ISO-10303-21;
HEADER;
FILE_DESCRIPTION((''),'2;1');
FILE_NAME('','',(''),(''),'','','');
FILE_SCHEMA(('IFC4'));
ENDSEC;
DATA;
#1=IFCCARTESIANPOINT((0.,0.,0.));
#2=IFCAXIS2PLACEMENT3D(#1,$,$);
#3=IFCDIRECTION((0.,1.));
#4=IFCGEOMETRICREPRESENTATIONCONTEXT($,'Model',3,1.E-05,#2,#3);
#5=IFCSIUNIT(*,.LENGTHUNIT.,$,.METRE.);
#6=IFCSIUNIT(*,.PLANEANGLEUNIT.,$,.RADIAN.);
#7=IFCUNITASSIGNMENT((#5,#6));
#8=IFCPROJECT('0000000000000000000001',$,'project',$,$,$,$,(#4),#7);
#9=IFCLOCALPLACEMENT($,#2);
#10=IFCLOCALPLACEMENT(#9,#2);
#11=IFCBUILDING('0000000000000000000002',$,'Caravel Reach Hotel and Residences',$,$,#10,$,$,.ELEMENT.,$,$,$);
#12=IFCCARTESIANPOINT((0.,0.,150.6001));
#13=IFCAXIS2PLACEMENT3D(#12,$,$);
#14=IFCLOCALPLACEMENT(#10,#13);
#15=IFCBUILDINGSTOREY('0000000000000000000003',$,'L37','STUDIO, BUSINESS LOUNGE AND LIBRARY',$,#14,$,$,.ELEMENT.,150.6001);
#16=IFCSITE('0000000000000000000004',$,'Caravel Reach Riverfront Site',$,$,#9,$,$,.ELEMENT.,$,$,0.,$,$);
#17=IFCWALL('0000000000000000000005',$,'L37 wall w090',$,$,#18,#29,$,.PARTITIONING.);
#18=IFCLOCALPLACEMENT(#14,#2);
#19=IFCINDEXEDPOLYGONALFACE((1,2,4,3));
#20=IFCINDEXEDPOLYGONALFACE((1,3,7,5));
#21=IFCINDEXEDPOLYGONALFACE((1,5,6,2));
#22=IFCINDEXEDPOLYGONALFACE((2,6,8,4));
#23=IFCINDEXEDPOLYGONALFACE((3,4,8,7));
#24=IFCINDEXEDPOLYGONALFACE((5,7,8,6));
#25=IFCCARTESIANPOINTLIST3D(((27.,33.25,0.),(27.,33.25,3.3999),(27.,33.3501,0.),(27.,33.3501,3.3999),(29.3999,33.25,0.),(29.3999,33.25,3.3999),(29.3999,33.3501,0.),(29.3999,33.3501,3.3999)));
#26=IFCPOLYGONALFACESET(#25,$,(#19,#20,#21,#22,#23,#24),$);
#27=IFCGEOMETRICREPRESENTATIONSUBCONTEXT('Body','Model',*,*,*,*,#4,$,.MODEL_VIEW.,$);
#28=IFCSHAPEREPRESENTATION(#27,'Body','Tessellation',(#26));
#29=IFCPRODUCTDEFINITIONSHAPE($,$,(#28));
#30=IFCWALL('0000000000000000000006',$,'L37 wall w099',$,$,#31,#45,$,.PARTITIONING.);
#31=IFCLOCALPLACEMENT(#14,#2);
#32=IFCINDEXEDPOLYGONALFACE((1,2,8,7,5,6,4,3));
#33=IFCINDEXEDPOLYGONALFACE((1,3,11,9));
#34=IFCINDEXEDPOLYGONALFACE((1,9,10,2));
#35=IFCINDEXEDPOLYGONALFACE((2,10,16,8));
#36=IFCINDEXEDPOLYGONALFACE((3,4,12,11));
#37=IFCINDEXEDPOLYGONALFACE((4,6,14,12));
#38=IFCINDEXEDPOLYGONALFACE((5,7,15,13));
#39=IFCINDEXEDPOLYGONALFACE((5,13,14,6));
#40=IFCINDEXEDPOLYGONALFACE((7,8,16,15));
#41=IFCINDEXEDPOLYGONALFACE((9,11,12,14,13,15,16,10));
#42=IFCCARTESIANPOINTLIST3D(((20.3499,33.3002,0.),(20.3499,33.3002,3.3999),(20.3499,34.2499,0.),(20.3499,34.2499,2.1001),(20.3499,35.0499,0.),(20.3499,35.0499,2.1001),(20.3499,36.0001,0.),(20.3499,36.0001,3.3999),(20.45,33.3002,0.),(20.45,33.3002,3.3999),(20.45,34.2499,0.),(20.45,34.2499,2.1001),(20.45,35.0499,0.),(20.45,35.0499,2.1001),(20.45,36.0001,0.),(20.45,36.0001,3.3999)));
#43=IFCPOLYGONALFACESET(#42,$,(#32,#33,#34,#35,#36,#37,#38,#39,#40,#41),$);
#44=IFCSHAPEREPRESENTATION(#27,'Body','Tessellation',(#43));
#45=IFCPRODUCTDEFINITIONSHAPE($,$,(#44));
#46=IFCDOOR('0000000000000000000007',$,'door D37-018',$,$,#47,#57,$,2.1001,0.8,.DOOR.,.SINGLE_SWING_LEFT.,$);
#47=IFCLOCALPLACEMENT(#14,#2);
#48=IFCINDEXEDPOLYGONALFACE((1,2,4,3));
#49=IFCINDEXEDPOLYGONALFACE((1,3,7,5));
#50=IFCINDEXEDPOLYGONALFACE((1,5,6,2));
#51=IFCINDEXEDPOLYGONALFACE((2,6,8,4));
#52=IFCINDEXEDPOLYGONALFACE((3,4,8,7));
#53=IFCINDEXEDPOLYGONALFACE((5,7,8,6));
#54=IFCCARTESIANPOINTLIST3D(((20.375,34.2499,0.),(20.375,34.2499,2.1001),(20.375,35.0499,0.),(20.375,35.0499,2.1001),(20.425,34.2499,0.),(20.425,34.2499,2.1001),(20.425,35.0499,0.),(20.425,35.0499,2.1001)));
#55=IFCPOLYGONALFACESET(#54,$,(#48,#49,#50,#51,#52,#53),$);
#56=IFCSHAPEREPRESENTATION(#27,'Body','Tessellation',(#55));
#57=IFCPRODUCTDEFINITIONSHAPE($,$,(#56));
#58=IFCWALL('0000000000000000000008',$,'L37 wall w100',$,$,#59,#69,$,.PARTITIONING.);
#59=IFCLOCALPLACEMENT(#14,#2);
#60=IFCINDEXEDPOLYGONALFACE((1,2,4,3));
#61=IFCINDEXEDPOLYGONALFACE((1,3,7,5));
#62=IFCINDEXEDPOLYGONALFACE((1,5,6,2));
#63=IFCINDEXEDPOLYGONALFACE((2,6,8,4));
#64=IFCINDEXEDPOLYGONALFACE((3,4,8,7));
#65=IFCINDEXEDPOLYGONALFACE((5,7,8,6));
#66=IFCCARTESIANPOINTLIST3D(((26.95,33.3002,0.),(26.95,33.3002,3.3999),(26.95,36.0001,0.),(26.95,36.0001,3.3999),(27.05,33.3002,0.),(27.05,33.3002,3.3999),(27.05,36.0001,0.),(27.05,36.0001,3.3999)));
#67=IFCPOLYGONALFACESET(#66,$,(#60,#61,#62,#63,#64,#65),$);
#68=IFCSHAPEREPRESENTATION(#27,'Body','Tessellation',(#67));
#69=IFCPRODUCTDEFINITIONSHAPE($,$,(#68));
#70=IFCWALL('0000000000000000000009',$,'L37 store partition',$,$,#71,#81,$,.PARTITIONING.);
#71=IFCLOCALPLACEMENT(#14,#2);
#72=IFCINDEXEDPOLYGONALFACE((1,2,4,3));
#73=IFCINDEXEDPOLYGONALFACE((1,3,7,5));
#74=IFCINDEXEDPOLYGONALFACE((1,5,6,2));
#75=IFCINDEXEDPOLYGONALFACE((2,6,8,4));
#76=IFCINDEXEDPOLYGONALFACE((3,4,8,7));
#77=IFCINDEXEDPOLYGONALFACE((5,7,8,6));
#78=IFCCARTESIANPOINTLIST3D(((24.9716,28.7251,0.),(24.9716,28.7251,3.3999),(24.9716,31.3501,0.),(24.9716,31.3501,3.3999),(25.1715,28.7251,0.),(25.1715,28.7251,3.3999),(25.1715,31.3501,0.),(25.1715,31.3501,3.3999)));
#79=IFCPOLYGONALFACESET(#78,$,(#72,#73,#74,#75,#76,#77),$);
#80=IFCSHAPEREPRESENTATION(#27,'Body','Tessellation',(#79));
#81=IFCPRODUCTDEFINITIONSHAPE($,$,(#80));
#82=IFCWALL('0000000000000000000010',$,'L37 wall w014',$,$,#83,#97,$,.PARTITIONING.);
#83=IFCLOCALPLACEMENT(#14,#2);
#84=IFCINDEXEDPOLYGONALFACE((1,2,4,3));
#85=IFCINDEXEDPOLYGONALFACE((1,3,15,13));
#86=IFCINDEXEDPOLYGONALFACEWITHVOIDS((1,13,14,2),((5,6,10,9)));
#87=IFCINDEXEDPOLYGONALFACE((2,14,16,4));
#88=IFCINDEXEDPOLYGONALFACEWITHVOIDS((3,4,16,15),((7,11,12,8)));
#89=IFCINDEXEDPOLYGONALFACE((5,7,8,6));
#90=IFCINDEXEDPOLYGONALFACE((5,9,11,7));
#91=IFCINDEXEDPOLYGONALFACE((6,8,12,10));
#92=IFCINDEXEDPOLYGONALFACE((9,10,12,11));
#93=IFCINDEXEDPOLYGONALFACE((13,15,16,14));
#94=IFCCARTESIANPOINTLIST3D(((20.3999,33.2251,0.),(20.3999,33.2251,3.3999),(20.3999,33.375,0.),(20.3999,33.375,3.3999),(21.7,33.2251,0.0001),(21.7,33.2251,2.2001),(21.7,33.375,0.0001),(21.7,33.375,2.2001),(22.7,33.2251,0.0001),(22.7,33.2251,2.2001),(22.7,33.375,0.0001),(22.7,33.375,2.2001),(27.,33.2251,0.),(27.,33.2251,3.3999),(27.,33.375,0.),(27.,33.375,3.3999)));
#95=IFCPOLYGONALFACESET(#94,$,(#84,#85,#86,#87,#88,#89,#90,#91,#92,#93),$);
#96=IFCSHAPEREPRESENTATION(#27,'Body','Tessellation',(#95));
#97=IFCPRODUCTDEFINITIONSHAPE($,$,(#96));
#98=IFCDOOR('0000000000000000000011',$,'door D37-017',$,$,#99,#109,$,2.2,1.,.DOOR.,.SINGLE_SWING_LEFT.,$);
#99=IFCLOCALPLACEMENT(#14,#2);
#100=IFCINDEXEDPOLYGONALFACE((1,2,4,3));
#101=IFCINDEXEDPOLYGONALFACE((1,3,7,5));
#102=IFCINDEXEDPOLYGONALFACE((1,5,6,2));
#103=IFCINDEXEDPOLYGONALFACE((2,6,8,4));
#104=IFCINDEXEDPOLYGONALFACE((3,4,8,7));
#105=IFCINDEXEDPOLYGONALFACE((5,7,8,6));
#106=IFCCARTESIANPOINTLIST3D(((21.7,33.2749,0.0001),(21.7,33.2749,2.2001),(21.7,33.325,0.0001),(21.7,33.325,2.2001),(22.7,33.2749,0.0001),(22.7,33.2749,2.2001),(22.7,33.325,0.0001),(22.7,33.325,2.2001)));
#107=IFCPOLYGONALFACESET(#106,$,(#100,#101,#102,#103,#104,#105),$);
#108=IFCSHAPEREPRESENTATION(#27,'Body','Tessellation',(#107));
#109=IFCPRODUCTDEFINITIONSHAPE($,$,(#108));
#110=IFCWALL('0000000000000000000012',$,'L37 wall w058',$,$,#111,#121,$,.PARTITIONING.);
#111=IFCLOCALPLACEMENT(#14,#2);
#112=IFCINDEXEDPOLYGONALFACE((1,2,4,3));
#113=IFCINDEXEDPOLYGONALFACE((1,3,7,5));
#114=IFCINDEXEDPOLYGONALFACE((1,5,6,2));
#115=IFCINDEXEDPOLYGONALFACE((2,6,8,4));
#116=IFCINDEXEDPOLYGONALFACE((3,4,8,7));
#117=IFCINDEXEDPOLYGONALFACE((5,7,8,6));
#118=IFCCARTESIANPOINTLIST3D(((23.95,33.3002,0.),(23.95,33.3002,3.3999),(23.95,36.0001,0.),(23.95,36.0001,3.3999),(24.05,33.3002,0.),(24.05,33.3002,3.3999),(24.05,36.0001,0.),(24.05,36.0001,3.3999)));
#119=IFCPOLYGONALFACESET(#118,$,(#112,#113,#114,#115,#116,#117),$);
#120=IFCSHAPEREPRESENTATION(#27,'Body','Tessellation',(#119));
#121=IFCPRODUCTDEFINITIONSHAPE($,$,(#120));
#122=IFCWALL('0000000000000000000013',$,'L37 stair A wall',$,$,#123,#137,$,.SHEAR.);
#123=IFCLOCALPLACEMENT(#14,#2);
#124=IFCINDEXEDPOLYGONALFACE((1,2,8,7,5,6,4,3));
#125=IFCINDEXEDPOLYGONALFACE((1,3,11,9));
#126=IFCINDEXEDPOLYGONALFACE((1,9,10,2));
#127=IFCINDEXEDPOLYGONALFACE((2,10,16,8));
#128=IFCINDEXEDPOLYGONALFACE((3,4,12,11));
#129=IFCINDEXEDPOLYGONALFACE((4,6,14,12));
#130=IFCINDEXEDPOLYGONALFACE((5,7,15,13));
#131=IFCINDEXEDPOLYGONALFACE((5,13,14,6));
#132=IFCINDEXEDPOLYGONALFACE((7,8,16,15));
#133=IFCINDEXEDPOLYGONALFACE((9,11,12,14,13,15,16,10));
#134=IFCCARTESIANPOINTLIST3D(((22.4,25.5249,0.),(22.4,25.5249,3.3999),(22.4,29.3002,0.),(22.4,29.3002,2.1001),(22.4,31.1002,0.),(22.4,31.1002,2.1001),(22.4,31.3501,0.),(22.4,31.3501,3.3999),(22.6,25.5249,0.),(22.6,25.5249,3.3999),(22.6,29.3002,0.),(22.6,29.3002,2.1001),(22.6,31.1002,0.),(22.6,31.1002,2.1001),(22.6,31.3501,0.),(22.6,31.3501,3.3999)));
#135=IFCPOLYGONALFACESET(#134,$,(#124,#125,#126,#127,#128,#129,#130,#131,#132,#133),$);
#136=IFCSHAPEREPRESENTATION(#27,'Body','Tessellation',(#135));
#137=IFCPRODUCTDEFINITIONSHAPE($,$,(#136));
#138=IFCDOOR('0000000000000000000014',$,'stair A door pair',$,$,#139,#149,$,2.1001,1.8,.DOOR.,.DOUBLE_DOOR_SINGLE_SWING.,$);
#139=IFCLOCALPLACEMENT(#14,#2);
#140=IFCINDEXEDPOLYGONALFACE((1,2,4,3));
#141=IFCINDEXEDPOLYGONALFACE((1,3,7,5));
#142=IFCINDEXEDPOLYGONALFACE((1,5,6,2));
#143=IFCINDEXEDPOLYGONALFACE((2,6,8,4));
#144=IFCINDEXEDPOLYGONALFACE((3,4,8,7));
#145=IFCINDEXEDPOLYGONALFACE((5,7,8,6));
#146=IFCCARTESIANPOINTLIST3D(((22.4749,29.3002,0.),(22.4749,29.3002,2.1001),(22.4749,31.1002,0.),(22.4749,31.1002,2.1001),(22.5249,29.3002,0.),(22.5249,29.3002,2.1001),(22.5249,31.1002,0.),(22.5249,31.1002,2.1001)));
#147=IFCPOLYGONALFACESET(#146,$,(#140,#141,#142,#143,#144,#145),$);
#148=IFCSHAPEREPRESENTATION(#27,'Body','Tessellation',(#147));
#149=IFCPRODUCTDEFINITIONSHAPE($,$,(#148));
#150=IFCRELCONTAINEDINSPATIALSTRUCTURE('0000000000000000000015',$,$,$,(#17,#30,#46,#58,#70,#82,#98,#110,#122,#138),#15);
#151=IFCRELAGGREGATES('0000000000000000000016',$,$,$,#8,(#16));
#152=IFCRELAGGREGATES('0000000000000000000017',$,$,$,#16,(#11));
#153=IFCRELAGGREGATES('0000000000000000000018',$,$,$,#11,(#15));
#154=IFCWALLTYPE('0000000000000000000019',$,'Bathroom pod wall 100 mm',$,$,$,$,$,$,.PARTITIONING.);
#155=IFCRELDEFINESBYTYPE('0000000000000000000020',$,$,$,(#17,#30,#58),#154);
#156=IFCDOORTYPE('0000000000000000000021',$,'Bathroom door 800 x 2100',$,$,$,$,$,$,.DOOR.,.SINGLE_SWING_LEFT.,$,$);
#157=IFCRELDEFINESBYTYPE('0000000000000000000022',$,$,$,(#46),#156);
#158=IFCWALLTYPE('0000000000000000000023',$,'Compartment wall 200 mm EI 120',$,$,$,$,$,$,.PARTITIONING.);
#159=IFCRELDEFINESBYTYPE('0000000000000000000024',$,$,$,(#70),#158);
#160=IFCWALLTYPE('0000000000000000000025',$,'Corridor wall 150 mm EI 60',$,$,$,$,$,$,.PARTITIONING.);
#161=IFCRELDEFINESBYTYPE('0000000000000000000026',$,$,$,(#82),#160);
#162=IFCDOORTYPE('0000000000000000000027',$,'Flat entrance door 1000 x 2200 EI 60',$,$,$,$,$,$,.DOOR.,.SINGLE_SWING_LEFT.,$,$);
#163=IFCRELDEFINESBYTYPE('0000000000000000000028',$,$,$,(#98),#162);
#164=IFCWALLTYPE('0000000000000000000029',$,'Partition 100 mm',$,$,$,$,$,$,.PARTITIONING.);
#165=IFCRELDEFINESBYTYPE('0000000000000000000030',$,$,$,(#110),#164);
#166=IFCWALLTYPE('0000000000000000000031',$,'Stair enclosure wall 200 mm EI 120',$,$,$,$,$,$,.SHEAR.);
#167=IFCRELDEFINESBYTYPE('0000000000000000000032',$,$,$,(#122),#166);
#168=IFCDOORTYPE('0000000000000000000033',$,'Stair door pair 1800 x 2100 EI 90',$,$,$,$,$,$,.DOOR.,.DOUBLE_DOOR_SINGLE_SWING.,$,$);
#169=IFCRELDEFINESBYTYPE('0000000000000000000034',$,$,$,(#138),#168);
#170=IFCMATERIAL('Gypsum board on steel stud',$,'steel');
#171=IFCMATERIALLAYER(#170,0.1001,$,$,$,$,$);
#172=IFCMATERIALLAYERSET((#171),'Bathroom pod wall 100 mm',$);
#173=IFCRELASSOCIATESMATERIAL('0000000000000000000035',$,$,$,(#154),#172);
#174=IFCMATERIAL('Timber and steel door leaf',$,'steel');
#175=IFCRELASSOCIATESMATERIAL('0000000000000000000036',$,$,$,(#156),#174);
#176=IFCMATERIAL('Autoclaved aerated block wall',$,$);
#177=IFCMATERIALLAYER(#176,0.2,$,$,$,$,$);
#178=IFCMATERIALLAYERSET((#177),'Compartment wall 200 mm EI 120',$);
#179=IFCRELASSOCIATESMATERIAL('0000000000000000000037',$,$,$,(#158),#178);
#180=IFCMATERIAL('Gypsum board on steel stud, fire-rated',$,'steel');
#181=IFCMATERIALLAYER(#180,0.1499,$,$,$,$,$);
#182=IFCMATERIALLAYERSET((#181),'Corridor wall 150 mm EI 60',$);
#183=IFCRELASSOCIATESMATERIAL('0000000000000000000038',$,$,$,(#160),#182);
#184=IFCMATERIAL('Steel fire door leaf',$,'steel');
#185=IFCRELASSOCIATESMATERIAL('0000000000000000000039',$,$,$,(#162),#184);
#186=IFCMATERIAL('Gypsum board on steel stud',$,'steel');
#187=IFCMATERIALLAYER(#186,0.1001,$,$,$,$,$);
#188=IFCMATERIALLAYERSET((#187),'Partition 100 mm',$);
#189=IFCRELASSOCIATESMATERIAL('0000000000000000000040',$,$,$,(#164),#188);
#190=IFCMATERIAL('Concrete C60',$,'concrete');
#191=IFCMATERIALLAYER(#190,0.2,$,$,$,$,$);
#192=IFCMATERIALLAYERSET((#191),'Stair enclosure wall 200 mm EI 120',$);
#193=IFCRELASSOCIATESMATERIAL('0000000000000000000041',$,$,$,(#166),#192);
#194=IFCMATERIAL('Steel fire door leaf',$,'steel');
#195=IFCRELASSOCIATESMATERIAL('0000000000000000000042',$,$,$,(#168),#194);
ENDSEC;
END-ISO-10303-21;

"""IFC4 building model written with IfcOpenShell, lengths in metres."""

from ifc_helpers import new_model, si_unit, direction, frame, frame_2d, origin, place, context, subcontext, project, spatial, rectangle, extrude, material, layer, layer_set, type_object, element, fill, save


model = new_model("IFC4")

# Units and contexts
model_context = context("Model", 3, precision=1e-05, world=origin(), true_north=direction((0.0, 1.0)))
body_context = subcontext(model_context, "Body", "Model", "MODEL_VIEW")
ifc_project = project(units=[si_unit("LENGTHUNIT", "METRE"), si_unit("PLANEANGLEUNIT", "RADIAN")], contexts=[model_context])

# Site, building, storey
site_placement = place(None, origin())
site = spatial("IfcSite", under=ifc_project, at=site_placement, Name="Caravel Reach Riverfront Site", CompositionType="ELEMENT", RefElevation=0.0)
building_placement = place(site_placement, origin())
building = spatial("IfcBuilding", under=site, at=building_placement, Name="Caravel Reach Hotel and Residences", CompositionType="ELEMENT")
storey_placement = place(building_placement, frame((0.0, 0.0, 150.6001)))
storey = spatial("IfcBuildingStorey", under=building, at=storey_placement, Name="L37", Description="STUDIO, BUSINESS LOUNGE AND LIBRARY", CompositionType="ELEMENT", Elevation=150.6001)

# Wall
ifc_material_1 = material(Name="Gypsum board on steel stud", Category="steel")
ifc_layer_1 = layer(ifc_material_1, 0.1001)
ifc_layer_set_1 = layer_set([ifc_layer_1], Name="Bathroom pod wall 100 mm")
wall_type_1 = type_object("IfcWallType", Name="Bathroom pod wall 100 mm", PredefinedType="PARTITIONING", material=ifc_layer_set_1)
wall_1_placement = place(storey_placement, frame((27.0, 33.3, 0.0), z_axis=(0.0, 0.0, 1.0), x_axis=(1.0, 0.0, 0.0)))
element("IfcWall", 1, at=wall_1_placement, inside=storey, type_object=wall_type_1, Name="L37 wall w090", PredefinedType="PARTITIONING", context=body_context, shape_type="SweptSolid", body=[
    extrude(rectangle(XDim=2.3999, YDim=0.1001, at=frame_2d((1.2, 0.0))), origin(), (0.0, 0.0, 1.0), 3.3999),
])

# Wall, opening, door
wall_2_placement = place(storey_placement, frame((20.3999, 33.3, 0.0), z_axis=(0.0, 0.0, 1.0), x_axis=(0.0, 1.0, 0.0)))
wall_2 = element("IfcWall", 2, at=wall_2_placement, inside=storey, type_object=wall_type_1, Name="L37 wall w099", PredefinedType="PARTITIONING", context=body_context, shape_type="SweptSolid", body=[
    extrude(rectangle(XDim=2.7, YDim=0.1001, at=frame_2d((1.3501, 0.0))), origin(), (0.0, 0.0, 1.0), 3.3999),
])
opening_1_placement = place(wall_2_placement, frame((0.95, 0.0, 0.0)))
opening_1 = element("IfcOpeningElement", 3, at=opening_1_placement, cuts=wall_2, PredefinedType="OPENING", context=body_context, shape_type="SweptSolid", body=[
    extrude(rectangle(XDim=0.8, YDim=2.1001, at=frame_2d((0.3999, 1.05))), frame((0.0, 0.0601, 0.0), z_axis=(0.0, -1.0, 0.0), x_axis=(1.0, 0.0, 0.0)), (0.0, 0.0, 1.0), 0.1201),
])
ifc_material_2 = material(Name="Timber and steel door leaf", Category="steel")
door_type_1 = type_object("IfcDoorType", Name="Bathroom door 800 x 2100", OperationType="SINGLE_SWING_LEFT", PredefinedType="DOOR", material=ifc_material_2)
door_1_placement = place(opening_1_placement, origin())
door_1 = element("IfcDoor", 4, at=door_1_placement, inside=storey, type_object=door_type_1, Name="door D37-018", OperationType="SINGLE_SWING_LEFT", OverallHeight=2.1001, OverallWidth=0.8, PredefinedType="DOOR", context=body_context, shape_type="SweptSolid", body=[
    extrude(rectangle(XDim=0.8, YDim=2.1001, at=frame_2d((0.3999, 1.05))), frame((0.0, 0.0249, 0.0), z_axis=(0.0, -1.0, 0.0), x_axis=(1.0, 0.0, 0.0)), (0.0, 0.0, 1.0), 0.05),
])
fill(opening_1, door_1)

# Walls
wall_3_placement = place(storey_placement, frame((27.0, 33.3, 0.0), z_axis=(0.0, 0.0, 1.0), x_axis=(0.0, 1.0, 0.0)))
element("IfcWall", 5, at=wall_3_placement, inside=storey, type_object=wall_type_1, Name="L37 wall w100", PredefinedType="PARTITIONING", context=body_context, shape_type="SweptSolid", body=[
    extrude(rectangle(XDim=2.7, YDim=0.1001, at=frame_2d((1.3501, 0.0))), origin(), (0.0, 0.0, 1.0), 3.3999),
])
ifc_material_3 = material(Name="Autoclaved aerated block wall")
ifc_layer_2 = layer(ifc_material_3, 0.2)
ifc_layer_set_2 = layer_set([ifc_layer_2], Name="Compartment wall 200 mm EI 120")
wall_type_2 = type_object("IfcWallType", Name="Compartment wall 200 mm EI 120", PredefinedType="PARTITIONING", material=ifc_layer_set_2)
wall_4_placement = place(storey_placement, frame((25.0715, 28.7251, 0.0), z_axis=(0.0, 0.0, 1.0), x_axis=(0.0, 1.0, 0.0)))
element("IfcWall", 6, at=wall_4_placement, inside=storey, type_object=wall_type_2, Name="L37 store partition", PredefinedType="PARTITIONING", context=body_context, shape_type="SweptSolid", body=[
    extrude(rectangle(XDim=2.625, YDim=0.2, at=frame_2d((1.3125, 0.0))), origin(), (0.0, 0.0, 1.0), 3.3999),
])

# Wall, opening, door
ifc_material_4 = material(Name="Gypsum board on steel stud, fire-rated", Category="steel")
ifc_layer_3 = layer(ifc_material_4, 0.1499)
ifc_layer_set_3 = layer_set([ifc_layer_3], Name="Corridor wall 150 mm EI 60")
wall_type_3 = type_object("IfcWallType", Name="Corridor wall 150 mm EI 60", PredefinedType="PARTITIONING", material=ifc_layer_set_3)
wall_5_placement = place(storey_placement, frame((20.3999, 33.3, 0.0), z_axis=(0.0, 0.0, 1.0), x_axis=(1.0, 0.0, 0.0)))
wall_5 = element("IfcWall", 7, at=wall_5_placement, inside=storey, type_object=wall_type_3, Name="L37 wall w014", PredefinedType="PARTITIONING", context=body_context, shape_type="SweptSolid", body=[
    extrude(rectangle(XDim=6.6001, YDim=0.1499, at=frame_2d((3.3, 0.0))), origin(), (0.0, 0.0, 1.0), 3.3999),
])
opening_2_placement = place(wall_5_placement, frame((1.3, 0.0, 0.0)))
opening_2 = element("IfcOpeningElement", 8, at=opening_2_placement, cuts=wall_5, PredefinedType="OPENING", context=body_context, shape_type="SweptSolid", body=[
    extrude(rectangle(XDim=1.0, YDim=2.2, at=frame_2d((0.5, 1.1001))), frame((0.0, 0.085, 0.0), z_axis=(0.0, -1.0, 0.0), x_axis=(1.0, 0.0, 0.0)), (0.0, 0.0, 1.0), 0.1699),
])
ifc_material_5 = material(Name="Steel fire door leaf", Category="steel")
door_type_2 = type_object("IfcDoorType", Name="Flat entrance door 1000 x 2200 EI 60", OperationType="SINGLE_SWING_LEFT", PredefinedType="DOOR", material=ifc_material_5)
door_2_placement = place(opening_2_placement, origin())
door_2 = element("IfcDoor", 9, at=door_2_placement, inside=storey, type_object=door_type_2, Name="door D37-017", OperationType="SINGLE_SWING_LEFT", OverallHeight=2.2, OverallWidth=1.0, PredefinedType="DOOR", context=body_context, shape_type="SweptSolid", body=[
    extrude(rectangle(XDim=1.0, YDim=2.2, at=frame_2d((0.5, 1.1001))), frame((0.0, 0.0249, 0.0), z_axis=(0.0, -1.0, 0.0), x_axis=(1.0, 0.0, 0.0)), (0.0, 0.0, 1.0), 0.05),
])
fill(opening_2, door_2)

# Wall
ifc_material_6 = material(Name="Gypsum board on steel stud", Category="steel")
ifc_layer_4 = layer(ifc_material_6, 0.1001)
ifc_layer_set_4 = layer_set([ifc_layer_4], Name="Partition 100 mm")
wall_type_4 = type_object("IfcWallType", Name="Partition 100 mm", PredefinedType="PARTITIONING", material=ifc_layer_set_4)
wall_6_placement = place(storey_placement, frame((24.0, 33.3, 0.0), z_axis=(0.0, 0.0, 1.0), x_axis=(0.0, 1.0, 0.0)))
element("IfcWall", 10, at=wall_6_placement, inside=storey, type_object=wall_type_4, Name="L37 wall w058", PredefinedType="PARTITIONING", context=body_context, shape_type="SweptSolid", body=[
    extrude(rectangle(XDim=2.7, YDim=0.1001, at=frame_2d((1.3501, 0.0))), origin(), (0.0, 0.0, 1.0), 3.3999),
])

# Wall, opening, door
ifc_material_7 = material(Name="Concrete C60", Category="concrete")
ifc_layer_5 = layer(ifc_material_7, 0.2)
ifc_layer_set_5 = layer_set([ifc_layer_5], Name="Stair enclosure wall 200 mm EI 120")
wall_type_5 = type_object("IfcWallType", Name="Stair enclosure wall 200 mm EI 120", PredefinedType="SHEAR", material=ifc_layer_set_5)
wall_7_placement = place(storey_placement, frame((22.5, 31.3501, 0.0), z_axis=(0.0, 0.0, 1.0), x_axis=(0.0, -1.0, 0.0)))
wall_7 = element("IfcWall", 11, at=wall_7_placement, inside=storey, type_object=wall_type_5, Name="L37 stair A wall", PredefinedType="SHEAR", context=body_context, shape_type="SweptSolid", body=[
    extrude(rectangle(XDim=5.8252, YDim=0.2, at=frame_2d((2.9126, 0.0))), origin(), (0.0, 0.0, 1.0), 3.3999),
])
opening_3_placement = place(wall_7_placement, frame((0.25, 0.0, 0.0)))
opening_3 = element("IfcOpeningElement", 12, at=opening_3_placement, cuts=wall_7, PredefinedType="OPENING", context=body_context, shape_type="SweptSolid", body=[
    extrude(rectangle(XDim=1.8, YDim=2.1001, at=frame_2d((0.8999, 1.05))), frame((0.0, 0.1099, 0.0), z_axis=(0.0, -1.0, 0.0), x_axis=(1.0, 0.0, 0.0)), (0.0, 0.0, 1.0), 0.22),
])
ifc_material_8 = material(Name="Steel fire door leaf", Category="steel")
door_type_3 = type_object("IfcDoorType", Name="Stair door pair 1800 x 2100 EI 90", OperationType="DOUBLE_DOOR_SINGLE_SWING", PredefinedType="DOOR", material=ifc_material_8)
door_3_placement = place(opening_3_placement, origin())
door_3 = element("IfcDoor", 13, at=door_3_placement, inside=storey, type_object=door_type_3, Name="stair A door pair", OperationType="DOUBLE_DOOR_SINGLE_SWING", OverallHeight=2.1001, OverallWidth=1.8, PredefinedType="DOOR", context=body_context, shape_type="SweptSolid", body=[
    extrude(rectangle(XDim=1.8, YDim=2.1001, at=frame_2d((0.8999, 1.05))), frame((0.0, 0.0249, 0.0), z_axis=(0.0, -1.0, 0.0), x_axis=(1.0, 0.0, 0.0)), (0.0, 0.0, 1.0), 0.05),
])
fill(opening_3, door_3)

save(model, "model.ifc")
